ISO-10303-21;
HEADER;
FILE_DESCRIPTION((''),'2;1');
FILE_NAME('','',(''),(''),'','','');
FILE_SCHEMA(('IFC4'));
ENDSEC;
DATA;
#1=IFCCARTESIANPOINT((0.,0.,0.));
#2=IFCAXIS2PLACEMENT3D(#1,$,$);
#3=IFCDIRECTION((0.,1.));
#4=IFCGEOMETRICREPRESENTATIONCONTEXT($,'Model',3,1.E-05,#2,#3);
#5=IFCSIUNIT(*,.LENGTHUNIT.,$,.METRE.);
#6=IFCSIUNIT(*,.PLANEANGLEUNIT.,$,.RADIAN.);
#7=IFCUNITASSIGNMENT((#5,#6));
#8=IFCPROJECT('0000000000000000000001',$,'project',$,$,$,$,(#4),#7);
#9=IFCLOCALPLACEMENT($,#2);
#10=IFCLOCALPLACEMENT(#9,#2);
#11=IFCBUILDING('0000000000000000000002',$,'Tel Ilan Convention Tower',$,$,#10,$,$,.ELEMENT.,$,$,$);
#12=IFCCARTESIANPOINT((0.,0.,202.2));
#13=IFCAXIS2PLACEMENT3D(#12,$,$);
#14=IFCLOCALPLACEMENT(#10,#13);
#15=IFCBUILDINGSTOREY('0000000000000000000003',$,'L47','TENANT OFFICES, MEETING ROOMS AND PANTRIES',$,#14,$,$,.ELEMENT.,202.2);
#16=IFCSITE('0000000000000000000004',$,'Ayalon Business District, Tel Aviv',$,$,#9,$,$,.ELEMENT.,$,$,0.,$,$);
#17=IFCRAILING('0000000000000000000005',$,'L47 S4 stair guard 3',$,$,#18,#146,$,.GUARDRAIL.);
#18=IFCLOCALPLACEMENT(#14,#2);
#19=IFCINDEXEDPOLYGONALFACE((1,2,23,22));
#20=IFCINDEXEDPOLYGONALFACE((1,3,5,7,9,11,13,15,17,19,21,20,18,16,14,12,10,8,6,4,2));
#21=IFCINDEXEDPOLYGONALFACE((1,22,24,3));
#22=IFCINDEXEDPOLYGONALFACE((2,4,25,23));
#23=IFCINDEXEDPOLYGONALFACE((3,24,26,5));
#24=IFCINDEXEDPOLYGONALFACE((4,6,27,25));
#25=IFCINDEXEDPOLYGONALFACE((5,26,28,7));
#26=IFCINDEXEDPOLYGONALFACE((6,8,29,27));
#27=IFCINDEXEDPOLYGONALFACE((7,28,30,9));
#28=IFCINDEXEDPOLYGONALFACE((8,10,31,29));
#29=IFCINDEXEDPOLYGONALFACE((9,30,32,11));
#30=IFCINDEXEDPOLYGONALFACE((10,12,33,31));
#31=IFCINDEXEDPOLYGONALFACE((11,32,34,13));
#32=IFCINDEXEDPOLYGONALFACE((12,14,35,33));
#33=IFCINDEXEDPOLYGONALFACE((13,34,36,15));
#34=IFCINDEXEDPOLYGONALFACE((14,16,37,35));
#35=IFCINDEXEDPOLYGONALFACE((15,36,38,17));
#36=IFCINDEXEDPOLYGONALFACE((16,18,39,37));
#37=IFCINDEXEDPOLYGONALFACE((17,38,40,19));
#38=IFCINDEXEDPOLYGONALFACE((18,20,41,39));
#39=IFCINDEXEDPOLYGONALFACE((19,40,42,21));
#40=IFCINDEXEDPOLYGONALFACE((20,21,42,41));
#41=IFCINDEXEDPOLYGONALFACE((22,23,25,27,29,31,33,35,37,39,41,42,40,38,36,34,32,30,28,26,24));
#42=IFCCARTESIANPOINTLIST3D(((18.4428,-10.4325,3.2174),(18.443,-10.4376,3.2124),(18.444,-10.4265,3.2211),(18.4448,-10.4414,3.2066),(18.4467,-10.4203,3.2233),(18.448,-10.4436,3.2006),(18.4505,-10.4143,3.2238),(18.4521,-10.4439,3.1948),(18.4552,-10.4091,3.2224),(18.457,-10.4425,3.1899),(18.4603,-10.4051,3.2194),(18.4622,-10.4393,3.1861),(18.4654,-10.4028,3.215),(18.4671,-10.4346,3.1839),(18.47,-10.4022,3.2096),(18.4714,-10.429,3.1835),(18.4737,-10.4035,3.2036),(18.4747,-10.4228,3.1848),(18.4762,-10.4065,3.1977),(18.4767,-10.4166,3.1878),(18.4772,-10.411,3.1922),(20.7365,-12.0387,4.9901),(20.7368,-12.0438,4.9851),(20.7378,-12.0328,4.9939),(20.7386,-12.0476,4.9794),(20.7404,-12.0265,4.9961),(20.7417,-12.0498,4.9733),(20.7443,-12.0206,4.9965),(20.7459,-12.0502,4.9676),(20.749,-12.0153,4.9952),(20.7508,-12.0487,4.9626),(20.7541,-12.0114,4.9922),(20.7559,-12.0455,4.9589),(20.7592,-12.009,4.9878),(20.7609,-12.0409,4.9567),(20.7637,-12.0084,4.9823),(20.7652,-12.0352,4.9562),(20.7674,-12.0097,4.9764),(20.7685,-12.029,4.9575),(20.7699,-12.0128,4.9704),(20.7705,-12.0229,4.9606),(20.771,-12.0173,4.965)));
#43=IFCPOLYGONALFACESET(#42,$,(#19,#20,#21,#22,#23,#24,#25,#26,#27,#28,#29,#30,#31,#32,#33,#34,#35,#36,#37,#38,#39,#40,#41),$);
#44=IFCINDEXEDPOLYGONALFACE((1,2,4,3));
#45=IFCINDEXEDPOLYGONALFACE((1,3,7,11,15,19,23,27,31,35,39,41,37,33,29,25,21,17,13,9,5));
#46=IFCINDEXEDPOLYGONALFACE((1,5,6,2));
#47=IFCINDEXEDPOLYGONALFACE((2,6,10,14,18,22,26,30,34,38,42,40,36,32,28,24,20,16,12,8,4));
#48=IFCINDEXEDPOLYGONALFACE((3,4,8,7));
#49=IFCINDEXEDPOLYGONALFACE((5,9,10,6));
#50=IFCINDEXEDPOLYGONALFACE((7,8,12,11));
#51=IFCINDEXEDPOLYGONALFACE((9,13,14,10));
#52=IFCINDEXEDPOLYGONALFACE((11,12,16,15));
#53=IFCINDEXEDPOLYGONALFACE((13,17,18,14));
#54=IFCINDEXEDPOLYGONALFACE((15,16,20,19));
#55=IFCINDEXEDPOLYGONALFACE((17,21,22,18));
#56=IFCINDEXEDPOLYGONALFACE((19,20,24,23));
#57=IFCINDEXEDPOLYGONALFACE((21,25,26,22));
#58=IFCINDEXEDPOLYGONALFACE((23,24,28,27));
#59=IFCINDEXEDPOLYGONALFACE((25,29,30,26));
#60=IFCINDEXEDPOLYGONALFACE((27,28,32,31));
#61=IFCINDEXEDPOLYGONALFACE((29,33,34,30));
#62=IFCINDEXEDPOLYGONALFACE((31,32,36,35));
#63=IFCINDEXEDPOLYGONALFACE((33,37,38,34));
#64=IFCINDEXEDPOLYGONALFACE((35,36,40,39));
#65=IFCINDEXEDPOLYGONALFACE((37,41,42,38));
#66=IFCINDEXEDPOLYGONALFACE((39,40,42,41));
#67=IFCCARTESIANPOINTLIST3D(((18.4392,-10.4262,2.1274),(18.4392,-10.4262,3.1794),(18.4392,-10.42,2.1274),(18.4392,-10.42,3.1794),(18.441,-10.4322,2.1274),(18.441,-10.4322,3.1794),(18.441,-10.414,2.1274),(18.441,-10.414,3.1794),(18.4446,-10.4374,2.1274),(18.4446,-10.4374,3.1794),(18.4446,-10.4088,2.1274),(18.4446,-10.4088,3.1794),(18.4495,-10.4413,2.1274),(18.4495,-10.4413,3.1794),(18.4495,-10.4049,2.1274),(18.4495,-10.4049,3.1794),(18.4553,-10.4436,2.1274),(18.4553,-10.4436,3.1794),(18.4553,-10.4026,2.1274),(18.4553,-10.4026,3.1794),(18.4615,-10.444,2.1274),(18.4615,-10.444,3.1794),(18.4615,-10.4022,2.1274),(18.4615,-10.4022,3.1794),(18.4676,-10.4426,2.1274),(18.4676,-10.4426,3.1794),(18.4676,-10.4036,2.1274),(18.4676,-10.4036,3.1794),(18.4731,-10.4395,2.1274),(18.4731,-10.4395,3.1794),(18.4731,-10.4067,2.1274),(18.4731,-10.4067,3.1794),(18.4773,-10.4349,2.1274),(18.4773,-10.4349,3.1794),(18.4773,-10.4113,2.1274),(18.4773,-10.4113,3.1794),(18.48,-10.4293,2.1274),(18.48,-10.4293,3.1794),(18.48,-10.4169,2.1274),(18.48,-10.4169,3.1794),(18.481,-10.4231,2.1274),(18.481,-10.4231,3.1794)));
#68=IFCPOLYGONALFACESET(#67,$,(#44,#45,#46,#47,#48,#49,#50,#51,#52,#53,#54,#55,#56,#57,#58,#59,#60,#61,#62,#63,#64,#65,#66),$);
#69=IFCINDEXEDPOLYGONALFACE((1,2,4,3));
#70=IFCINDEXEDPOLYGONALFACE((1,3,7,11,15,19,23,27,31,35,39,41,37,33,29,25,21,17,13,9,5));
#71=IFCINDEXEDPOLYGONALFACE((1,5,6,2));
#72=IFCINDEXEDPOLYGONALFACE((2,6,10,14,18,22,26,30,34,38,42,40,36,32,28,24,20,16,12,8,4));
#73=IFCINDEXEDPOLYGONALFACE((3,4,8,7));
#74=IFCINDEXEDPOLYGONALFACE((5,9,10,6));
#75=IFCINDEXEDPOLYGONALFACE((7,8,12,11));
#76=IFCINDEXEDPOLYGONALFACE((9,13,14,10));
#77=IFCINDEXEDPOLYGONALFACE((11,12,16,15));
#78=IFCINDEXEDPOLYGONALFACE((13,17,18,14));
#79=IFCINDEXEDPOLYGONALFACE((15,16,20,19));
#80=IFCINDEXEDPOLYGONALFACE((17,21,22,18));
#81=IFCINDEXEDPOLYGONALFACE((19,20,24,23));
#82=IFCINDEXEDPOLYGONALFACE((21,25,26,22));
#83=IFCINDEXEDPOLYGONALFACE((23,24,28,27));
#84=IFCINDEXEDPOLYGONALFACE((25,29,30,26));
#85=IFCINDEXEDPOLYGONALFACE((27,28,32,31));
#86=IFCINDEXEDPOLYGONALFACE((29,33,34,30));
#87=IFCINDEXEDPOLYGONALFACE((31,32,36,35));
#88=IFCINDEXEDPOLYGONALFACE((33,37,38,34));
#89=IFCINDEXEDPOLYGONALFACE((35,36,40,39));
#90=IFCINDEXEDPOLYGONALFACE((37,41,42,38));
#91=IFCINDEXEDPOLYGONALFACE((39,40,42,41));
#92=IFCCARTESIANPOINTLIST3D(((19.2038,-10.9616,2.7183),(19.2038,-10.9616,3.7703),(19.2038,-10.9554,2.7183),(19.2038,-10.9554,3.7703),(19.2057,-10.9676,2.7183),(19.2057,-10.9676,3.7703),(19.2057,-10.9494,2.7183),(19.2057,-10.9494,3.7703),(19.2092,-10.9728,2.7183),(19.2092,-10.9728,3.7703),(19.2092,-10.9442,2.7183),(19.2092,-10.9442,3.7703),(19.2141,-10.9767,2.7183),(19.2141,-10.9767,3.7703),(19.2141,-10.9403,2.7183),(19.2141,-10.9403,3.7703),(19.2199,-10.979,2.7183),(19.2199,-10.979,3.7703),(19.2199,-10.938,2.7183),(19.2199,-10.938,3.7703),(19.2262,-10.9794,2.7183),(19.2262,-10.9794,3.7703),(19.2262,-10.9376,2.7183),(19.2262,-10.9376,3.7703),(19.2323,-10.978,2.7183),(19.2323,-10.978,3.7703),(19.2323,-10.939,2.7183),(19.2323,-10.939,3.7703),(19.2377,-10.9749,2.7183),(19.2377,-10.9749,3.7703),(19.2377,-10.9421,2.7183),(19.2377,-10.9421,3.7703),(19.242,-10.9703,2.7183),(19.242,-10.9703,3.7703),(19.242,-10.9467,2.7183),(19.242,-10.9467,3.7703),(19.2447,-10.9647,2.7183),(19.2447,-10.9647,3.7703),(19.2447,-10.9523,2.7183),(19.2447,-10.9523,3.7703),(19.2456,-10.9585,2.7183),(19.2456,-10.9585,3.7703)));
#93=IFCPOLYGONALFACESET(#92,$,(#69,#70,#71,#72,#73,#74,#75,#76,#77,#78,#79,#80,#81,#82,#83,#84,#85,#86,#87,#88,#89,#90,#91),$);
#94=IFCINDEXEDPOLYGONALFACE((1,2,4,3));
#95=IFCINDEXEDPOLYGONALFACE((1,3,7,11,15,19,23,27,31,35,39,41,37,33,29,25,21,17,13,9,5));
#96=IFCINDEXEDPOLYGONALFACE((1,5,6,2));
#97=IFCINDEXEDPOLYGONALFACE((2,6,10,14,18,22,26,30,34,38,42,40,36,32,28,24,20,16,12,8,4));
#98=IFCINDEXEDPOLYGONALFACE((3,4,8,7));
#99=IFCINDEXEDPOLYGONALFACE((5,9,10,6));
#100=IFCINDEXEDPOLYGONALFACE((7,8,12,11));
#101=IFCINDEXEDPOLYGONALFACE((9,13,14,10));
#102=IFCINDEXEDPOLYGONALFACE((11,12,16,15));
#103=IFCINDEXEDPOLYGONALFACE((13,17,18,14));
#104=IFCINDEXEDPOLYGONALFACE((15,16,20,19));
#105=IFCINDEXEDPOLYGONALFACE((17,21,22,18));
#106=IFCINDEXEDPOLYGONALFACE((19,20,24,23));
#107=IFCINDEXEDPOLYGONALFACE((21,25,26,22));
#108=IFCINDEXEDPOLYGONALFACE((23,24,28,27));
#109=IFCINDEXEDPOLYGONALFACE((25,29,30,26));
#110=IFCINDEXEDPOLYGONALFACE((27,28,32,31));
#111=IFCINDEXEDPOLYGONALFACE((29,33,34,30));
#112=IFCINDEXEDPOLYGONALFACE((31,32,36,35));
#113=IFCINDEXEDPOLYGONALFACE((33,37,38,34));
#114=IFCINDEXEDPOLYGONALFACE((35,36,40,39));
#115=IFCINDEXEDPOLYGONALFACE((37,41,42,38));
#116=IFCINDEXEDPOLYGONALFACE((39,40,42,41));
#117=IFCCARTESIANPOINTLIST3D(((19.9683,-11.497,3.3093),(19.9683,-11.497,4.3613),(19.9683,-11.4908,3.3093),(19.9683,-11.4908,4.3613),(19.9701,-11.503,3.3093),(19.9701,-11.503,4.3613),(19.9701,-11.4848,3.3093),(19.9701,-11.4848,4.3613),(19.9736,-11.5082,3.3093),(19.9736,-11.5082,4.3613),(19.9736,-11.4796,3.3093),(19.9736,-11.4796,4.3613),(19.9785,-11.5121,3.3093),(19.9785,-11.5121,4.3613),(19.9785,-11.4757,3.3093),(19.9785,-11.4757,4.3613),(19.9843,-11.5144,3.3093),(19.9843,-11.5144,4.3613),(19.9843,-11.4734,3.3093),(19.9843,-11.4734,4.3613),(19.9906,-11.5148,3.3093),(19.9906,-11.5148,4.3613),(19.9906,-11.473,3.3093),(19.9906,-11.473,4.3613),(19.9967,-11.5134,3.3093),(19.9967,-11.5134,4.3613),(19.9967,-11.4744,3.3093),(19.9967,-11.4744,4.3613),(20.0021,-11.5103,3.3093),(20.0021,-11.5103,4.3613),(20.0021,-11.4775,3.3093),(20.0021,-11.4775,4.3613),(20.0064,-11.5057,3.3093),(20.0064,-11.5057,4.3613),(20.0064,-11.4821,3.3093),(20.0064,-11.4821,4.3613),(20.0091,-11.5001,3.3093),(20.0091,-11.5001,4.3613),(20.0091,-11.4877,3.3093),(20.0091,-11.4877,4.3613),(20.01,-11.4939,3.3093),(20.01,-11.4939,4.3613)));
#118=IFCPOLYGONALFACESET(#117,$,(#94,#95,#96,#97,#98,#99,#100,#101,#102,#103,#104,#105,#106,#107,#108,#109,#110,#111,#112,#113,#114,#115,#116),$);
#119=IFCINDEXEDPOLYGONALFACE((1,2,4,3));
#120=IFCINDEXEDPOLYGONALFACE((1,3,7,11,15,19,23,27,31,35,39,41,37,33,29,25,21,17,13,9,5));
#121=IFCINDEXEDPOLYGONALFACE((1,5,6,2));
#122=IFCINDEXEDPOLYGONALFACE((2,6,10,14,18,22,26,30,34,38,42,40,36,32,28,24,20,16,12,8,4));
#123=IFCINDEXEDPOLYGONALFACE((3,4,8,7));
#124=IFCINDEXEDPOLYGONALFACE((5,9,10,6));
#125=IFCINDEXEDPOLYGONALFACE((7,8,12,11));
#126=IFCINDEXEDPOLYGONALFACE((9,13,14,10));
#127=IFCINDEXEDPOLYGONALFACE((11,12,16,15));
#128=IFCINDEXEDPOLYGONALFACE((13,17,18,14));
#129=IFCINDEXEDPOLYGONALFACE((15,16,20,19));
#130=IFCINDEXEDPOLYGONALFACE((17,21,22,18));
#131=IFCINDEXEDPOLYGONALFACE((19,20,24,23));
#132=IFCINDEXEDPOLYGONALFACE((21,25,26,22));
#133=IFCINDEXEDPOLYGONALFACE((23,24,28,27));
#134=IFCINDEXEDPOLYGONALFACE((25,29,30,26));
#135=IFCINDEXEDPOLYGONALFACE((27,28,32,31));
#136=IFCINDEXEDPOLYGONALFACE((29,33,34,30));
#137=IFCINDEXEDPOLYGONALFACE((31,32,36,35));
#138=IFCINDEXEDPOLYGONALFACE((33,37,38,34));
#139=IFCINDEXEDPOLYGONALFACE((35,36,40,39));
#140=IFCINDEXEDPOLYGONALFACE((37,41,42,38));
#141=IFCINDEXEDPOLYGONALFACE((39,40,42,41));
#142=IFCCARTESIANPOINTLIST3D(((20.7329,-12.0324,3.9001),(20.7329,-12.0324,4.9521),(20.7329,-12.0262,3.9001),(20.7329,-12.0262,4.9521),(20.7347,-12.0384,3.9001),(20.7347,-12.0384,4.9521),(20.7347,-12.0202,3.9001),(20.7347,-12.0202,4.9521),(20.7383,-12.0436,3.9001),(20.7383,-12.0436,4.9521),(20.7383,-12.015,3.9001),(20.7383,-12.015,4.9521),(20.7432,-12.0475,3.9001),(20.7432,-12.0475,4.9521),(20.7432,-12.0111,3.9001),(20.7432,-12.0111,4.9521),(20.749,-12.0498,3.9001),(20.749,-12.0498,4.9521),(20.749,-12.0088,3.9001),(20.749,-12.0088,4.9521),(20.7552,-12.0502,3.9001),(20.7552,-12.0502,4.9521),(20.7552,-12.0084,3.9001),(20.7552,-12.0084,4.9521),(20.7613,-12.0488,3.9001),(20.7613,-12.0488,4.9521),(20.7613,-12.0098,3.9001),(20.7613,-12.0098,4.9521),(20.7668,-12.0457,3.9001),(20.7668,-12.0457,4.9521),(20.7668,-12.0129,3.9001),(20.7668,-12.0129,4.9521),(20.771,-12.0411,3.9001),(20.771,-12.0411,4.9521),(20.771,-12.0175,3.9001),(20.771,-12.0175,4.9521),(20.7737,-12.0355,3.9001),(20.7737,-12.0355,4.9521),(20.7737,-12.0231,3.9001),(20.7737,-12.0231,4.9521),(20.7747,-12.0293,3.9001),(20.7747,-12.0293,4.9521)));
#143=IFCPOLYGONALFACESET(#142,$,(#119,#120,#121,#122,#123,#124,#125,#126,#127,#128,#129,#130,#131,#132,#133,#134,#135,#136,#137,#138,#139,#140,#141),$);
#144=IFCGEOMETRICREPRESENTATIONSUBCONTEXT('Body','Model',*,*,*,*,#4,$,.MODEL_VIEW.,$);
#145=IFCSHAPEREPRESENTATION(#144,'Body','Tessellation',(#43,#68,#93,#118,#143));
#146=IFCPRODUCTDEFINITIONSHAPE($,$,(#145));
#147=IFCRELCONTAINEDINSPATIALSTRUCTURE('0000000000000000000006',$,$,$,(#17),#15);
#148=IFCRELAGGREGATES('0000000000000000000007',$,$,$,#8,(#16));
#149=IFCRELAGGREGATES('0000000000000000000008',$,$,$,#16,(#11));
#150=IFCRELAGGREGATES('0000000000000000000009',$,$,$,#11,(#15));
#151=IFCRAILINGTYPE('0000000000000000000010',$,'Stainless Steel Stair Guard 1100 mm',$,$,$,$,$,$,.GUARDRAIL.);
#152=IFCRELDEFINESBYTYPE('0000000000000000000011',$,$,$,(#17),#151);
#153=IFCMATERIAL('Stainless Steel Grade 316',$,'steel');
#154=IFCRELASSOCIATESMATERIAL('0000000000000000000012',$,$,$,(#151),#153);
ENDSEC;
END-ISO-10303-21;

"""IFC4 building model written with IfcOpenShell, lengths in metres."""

from ifc_helpers import new_model, si_unit, direction, frame, origin, origin_2d, place, context, subcontext, project, spatial, circle, extrude, material, type_object, element, save


model = new_model("IFC4")

# Units and contexts
model_context = context("Model", 3, precision=1e-05, world=origin(), true_north=direction((0.0, 1.0)))
body_context = subcontext(model_context, "Body", "Model", "MODEL_VIEW")
ifc_project = project(units=[si_unit("LENGTHUNIT", "METRE"), si_unit("PLANEANGLEUNIT", "RADIAN")], contexts=[model_context])

# Site, building, storey
site_placement = place(None, origin())
site = spatial("IfcSite", under=ifc_project, at=site_placement, Name="Ayalon Business District, Tel Aviv", CompositionType="ELEMENT", RefElevation=0.0)
building_placement = place(site_placement, origin())
building = spatial("IfcBuilding", under=site, at=building_placement, Name="Tel Ilan Convention Tower", CompositionType="ELEMENT")
storey_placement = place(building_placement, frame((0.0, 0.0, 202.2)))
storey = spatial("IfcBuildingStorey", under=building, at=storey_placement, Name="L47", Description="TENANT OFFICES, MEETING ROOMS AND PANTRIES", CompositionType="ELEMENT", Elevation=202.2)

# Railing
ifc_material_1 = material(Name="Stainless Steel Grade 316", Category="steel")
railing_type_1 = type_object("IfcRailingType", Name="Stainless Steel Stair Guard 1100 mm", PredefinedType="GUARDRAIL", material=ifc_material_1)
railing_1_placement = place(storey_placement, frame((18.46, -10.4231, 2.1274)))
element("IfcRailing", 1, at=railing_1_placement, inside=storey, type_object=railing_type_1, Name="L47 S4 stair guard 3", PredefinedType="GUARDRAIL", context=body_context, shape_type="SweptSolid", body=[
    extrude(circle(Radius=0.0239, at=origin_2d()), frame((0.0, 0.0, 1.0762), z_axis=(0.692098, -0.484653, 0.534894), x_axis=(0.573609, 0.81913, 0.0)), (0.0, 0.0, 1.0), 3.3142),
    extrude(circle(Radius=0.021, at=origin_2d()), origin(), (0.0, 0.0, 1.0), 1.052),
    extrude(circle(Radius=0.021, at=origin_2d()), frame((0.7646, -0.5354, 0.5908)), (0.0, 0.0, 1.0), 1.052),
    extrude(circle(Radius=0.021, at=origin_2d()), frame((1.5291, -1.0708, 1.1819)), (0.0, 0.0, 1.0), 1.052),
    extrude(circle(Radius=0.021, at=origin_2d()), frame((2.2937, -1.6062, 1.7727)), (0.0, 0.0, 1.0), 1.052),
])

save(model, "model.ifc")
